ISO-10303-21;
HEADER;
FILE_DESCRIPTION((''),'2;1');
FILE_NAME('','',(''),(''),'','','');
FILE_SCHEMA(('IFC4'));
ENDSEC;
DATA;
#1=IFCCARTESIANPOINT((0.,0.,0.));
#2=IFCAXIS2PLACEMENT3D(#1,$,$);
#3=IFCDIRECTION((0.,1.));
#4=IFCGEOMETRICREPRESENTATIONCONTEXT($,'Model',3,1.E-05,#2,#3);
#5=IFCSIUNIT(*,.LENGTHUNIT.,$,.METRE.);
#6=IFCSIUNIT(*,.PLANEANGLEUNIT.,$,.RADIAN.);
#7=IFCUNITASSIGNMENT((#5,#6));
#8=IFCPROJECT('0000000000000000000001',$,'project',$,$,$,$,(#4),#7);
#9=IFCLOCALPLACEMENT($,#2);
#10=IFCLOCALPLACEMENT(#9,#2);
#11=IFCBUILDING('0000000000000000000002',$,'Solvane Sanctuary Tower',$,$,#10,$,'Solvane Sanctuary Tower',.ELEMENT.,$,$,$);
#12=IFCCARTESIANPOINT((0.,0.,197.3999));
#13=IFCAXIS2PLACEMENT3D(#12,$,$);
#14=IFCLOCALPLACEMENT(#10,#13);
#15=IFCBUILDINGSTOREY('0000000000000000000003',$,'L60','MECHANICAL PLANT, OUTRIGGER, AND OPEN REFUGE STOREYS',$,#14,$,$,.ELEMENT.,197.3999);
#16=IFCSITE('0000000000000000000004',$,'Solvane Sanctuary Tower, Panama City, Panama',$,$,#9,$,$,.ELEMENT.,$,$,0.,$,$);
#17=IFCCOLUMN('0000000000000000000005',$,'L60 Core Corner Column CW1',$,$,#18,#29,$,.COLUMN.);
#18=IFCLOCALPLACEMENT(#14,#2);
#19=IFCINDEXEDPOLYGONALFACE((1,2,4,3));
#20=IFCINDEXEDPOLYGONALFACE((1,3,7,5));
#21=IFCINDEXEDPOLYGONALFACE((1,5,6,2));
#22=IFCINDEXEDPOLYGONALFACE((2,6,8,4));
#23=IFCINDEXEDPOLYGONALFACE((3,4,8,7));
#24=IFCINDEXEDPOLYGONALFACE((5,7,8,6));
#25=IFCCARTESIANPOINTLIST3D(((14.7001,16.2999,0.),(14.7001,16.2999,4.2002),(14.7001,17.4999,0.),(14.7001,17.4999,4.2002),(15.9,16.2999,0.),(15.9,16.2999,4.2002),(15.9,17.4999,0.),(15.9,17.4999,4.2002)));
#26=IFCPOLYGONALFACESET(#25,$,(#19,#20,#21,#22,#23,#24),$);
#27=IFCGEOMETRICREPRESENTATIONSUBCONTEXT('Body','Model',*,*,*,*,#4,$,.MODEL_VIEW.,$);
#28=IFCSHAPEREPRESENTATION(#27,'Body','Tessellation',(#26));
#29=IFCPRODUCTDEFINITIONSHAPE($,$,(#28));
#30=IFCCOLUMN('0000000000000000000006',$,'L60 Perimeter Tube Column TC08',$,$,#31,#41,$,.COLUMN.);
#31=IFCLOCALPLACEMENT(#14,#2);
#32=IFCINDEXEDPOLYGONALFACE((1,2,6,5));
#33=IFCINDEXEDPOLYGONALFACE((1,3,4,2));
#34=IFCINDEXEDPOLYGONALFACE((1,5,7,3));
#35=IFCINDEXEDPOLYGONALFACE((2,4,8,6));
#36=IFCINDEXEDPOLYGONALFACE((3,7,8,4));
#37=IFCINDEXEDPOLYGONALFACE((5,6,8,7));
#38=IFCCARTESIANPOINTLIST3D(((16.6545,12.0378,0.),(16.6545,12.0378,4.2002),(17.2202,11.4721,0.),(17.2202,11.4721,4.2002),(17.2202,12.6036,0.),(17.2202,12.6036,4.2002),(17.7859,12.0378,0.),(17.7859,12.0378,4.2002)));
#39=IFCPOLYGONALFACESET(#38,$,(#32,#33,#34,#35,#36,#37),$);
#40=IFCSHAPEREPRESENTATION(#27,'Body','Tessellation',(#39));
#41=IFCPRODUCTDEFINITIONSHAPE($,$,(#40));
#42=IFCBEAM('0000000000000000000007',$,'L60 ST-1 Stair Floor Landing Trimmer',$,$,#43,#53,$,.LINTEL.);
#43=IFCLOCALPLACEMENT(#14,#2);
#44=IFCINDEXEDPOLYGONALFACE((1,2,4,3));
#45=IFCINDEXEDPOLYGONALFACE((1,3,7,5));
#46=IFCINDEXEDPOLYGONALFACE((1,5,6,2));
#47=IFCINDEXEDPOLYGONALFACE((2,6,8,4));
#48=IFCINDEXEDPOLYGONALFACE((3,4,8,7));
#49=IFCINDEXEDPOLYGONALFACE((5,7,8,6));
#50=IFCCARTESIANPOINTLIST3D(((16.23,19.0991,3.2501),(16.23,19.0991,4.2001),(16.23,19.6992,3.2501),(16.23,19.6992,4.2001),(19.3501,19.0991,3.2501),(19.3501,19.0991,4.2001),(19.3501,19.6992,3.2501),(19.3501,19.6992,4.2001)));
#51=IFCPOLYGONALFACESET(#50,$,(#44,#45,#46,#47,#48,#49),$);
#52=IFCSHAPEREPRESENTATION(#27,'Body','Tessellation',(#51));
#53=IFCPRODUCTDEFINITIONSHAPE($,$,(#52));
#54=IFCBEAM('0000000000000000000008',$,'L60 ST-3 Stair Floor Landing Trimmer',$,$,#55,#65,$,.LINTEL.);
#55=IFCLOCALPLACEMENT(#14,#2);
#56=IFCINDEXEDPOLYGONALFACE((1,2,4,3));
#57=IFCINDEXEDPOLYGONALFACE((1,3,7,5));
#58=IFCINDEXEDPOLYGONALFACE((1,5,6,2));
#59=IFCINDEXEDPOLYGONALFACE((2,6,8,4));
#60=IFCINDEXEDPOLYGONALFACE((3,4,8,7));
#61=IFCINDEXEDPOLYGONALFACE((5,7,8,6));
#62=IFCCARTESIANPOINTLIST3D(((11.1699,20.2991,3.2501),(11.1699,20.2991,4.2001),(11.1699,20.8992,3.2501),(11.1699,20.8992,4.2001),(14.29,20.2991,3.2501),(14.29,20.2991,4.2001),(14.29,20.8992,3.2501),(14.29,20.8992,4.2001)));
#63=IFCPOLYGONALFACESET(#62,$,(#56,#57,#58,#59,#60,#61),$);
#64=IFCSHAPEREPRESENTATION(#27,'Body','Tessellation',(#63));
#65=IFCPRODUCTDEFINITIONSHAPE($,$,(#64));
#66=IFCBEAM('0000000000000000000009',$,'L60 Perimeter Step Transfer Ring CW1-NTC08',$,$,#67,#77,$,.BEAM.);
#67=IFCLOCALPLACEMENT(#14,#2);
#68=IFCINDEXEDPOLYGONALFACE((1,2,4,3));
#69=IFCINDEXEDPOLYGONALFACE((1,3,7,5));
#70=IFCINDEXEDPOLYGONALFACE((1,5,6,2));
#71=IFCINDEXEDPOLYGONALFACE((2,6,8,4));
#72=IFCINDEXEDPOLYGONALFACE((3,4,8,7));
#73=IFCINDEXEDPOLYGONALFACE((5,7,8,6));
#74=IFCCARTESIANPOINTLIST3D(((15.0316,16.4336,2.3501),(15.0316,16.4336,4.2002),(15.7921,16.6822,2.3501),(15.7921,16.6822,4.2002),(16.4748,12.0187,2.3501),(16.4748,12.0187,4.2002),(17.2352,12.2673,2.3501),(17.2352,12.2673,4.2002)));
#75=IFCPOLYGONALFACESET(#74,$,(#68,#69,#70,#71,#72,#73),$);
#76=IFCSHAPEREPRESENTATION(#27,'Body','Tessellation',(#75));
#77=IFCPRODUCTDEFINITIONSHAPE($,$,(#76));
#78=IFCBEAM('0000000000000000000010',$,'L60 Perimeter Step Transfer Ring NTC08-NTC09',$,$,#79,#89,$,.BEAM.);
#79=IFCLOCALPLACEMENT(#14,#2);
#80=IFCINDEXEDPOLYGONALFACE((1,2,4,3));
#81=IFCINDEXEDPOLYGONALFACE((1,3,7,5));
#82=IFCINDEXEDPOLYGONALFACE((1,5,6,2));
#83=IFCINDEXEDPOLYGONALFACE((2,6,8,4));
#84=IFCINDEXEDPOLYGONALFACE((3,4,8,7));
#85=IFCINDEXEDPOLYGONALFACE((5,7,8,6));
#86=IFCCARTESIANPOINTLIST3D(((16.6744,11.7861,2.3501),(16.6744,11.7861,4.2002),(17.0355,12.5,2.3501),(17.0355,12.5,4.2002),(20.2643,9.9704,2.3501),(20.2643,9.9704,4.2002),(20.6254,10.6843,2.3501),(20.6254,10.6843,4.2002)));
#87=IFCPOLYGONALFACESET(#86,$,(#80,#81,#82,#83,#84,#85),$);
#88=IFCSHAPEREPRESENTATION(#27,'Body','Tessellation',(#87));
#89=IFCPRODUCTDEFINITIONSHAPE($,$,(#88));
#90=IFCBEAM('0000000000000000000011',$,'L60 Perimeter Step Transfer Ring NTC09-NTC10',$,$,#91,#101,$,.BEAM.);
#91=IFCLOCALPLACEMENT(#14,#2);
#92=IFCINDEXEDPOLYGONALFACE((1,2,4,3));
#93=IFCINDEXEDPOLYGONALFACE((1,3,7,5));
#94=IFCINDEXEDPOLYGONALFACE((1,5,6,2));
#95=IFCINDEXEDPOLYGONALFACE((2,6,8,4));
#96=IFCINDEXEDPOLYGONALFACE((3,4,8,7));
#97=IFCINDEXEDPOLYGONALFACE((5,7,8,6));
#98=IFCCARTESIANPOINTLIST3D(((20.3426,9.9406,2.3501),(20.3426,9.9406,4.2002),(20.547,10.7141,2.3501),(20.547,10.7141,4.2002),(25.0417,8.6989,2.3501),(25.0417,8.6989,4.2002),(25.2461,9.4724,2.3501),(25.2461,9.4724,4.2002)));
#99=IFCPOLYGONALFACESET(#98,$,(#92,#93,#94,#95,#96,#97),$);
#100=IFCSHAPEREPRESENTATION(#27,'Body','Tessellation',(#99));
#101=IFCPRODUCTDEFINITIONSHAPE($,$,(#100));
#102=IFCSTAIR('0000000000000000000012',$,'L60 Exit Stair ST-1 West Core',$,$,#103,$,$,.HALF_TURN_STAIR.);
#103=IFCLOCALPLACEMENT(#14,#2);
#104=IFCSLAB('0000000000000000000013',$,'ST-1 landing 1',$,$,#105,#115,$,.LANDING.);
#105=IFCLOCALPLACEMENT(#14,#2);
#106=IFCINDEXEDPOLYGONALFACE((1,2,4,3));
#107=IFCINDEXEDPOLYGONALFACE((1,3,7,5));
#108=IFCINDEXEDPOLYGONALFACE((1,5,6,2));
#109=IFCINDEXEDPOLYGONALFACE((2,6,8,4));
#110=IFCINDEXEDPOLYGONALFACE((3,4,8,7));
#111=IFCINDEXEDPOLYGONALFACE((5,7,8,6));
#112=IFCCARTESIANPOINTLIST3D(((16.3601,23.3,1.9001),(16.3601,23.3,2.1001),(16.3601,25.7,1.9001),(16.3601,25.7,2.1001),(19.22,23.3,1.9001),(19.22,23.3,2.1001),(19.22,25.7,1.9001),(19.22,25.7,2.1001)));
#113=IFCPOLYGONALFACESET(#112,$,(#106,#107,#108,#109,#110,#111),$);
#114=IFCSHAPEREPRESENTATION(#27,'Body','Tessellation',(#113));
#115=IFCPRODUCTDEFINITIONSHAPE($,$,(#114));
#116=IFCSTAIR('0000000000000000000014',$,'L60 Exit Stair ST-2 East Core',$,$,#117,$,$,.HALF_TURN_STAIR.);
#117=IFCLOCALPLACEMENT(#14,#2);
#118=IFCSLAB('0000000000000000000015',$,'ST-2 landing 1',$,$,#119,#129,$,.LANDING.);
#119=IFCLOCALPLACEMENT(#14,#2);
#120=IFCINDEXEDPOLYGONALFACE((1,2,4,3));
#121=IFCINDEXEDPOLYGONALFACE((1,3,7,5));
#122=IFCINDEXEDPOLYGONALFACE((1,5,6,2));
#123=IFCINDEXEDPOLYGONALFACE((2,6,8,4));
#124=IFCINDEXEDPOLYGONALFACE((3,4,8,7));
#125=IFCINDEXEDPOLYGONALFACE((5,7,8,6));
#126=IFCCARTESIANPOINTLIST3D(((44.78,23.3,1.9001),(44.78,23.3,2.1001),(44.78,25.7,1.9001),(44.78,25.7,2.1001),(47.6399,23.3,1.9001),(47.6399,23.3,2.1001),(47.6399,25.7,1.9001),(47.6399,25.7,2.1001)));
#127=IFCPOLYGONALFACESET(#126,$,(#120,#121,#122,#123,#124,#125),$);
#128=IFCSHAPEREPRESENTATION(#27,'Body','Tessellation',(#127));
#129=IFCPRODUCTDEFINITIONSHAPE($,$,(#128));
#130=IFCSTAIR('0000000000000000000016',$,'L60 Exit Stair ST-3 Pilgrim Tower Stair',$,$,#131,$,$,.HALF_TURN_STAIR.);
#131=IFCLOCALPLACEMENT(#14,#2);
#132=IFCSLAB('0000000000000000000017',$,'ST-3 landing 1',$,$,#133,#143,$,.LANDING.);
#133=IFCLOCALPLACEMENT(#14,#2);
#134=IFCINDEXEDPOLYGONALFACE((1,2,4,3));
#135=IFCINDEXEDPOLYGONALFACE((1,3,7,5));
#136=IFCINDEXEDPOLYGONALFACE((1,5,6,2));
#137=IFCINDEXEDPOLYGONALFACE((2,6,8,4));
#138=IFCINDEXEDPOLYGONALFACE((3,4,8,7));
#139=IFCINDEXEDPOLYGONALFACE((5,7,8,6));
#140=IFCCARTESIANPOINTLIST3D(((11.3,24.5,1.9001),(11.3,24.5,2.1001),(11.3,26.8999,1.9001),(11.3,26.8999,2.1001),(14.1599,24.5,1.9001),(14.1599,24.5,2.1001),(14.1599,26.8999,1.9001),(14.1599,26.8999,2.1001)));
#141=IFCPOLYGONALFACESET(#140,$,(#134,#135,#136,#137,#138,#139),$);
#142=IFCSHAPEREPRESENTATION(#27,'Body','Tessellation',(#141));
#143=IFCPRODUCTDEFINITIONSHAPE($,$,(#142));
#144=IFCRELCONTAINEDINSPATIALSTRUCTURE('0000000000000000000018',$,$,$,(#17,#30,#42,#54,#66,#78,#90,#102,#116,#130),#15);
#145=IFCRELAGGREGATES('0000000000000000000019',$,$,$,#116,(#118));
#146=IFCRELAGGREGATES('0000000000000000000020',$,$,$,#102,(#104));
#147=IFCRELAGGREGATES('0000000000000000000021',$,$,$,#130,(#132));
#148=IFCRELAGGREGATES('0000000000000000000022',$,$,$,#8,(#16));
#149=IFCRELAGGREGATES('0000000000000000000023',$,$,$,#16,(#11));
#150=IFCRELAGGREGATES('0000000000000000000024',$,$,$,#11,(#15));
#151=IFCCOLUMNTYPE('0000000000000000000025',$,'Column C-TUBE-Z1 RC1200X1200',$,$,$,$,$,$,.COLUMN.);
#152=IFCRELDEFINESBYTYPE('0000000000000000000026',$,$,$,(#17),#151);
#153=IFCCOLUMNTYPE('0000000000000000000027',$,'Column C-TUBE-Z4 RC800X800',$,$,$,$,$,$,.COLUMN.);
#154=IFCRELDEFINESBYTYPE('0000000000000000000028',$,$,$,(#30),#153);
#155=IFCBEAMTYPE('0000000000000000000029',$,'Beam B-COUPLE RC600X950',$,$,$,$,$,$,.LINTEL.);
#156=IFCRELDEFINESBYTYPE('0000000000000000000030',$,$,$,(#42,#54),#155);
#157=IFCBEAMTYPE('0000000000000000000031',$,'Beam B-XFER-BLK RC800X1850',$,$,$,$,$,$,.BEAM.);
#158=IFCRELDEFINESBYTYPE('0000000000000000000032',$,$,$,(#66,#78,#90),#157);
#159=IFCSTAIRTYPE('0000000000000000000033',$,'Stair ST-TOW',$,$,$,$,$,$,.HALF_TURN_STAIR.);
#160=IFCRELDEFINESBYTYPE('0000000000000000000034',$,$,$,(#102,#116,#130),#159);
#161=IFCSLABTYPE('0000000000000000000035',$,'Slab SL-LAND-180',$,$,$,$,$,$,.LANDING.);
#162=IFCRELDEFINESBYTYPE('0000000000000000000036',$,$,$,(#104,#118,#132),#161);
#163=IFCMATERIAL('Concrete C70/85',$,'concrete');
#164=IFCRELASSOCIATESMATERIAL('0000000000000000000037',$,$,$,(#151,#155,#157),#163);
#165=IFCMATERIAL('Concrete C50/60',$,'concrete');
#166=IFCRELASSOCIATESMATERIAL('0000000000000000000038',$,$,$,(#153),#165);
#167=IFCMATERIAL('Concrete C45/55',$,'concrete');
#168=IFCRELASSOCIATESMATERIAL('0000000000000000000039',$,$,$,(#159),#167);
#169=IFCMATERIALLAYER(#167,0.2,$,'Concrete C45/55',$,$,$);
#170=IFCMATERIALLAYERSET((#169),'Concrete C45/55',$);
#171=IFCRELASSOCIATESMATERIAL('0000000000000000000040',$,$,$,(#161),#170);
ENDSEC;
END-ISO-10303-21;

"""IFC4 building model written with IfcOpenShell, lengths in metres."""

from ifc_helpers import new_model, si_unit, direction, frame, origin, origin_2d, place, context, subcontext, project, spatial, polyline, rectangle, outline, extrude, material, layer, layer_set, material_profile, profile_set, type_object, element, aggregate, save


model = new_model("IFC4")

# Units and contexts
model_context = context("Model", 3, precision=1e-05, world=origin(), true_north=direction((0.0, 1.0)))
body_context = subcontext(model_context, "Body", "Model", "MODEL_VIEW")
ifc_project = project(units=[si_unit("LENGTHUNIT", "METRE"), si_unit("PLANEANGLEUNIT", "RADIAN")], contexts=[model_context])

# Site, building, storey
site_placement = place(None, origin())
site = spatial("IfcSite", under=ifc_project, at=site_placement, Name="Solvane Sanctuary Tower, Panama City, Panama", CompositionType="ELEMENT", RefElevation=0.0)
building_placement = place(site_placement, origin())
building = spatial("IfcBuilding", under=site, at=building_placement, Name="Solvane Sanctuary Tower", LongName="Solvane Sanctuary Tower", CompositionType="ELEMENT")
storey_placement = place(building_placement, frame((0.0, 0.0, 197.3999)))
storey = spatial("IfcBuildingStorey", under=building, at=storey_placement, Name="L60", Description="MECHANICAL PLANT, OUTRIGGER, AND OPEN REFUGE STOREYS", CompositionType="ELEMENT", Elevation=197.3999)

# Columns
ifc_material_1 = material(Name="Concrete C70/85", Category="concrete")
ifc_material_profile_1 = material_profile(ifc_material_1, rectangle(XDim=1.2, YDim=1.2, at=origin_2d()), Name="RC1200X1200")
ifc_profile_set_1 = profile_set([ifc_material_profile_1], Name="Concrete C70/85")
column_type_1 = type_object("IfcColumnType", Name="Column C-TUBE-Z1 RC1200X1200", PredefinedType="COLUMN", material=ifc_profile_set_1)
column_1_placement = place(storey_placement, frame((15.3, 16.8999, 0.0), z_axis=(0.0, 0.0, 1.0), x_axis=(1.0, 0.0, 0.0)))
element("IfcColumn", 1, at=column_1_placement, inside=storey, type_object=column_type_1, Name="L60 Core Corner Column CW1", PredefinedType="COLUMN", context=body_context, shape_type="SweptSolid", body=[
    extrude(rectangle(XDim=1.2, YDim=1.2, at=origin_2d()), origin(), (0.0, 0.0, 1.0), 4.2002),
])
ifc_material_2 = material(Name="Concrete C50/60", Category="concrete")
ifc_material_profile_2 = material_profile(ifc_material_2, rectangle(XDim=0.8, YDim=0.8, at=origin_2d()), Name="RC800X800")
ifc_profile_set_2 = profile_set([ifc_material_profile_2], Name="Concrete C50/60")
column_type_2 = type_object("IfcColumnType", Name="Column C-TUBE-Z4 RC800X800", PredefinedType="COLUMN", material=ifc_profile_set_2)
column_2_placement = place(storey_placement, frame((17.2202, 12.0378, 0.0), z_axis=(0.0, 0.0, 1.0), x_axis=(-0.707107, -0.707107, 0.0)))
element("IfcColumn", 2, at=column_2_placement, inside=storey, type_object=column_type_2, Name="L60 Perimeter Tube Column TC08", PredefinedType="COLUMN", context=body_context, shape_type="SweptSolid", body=[
    extrude(rectangle(XDim=0.8, YDim=0.8, at=origin_2d()), origin(), (0.0, 0.0, 1.0), 4.2002),
])

# Beams
ifc_material_profile_3 = material_profile(ifc_material_1, rectangle(XDim=0.6001, YDim=0.95, at=origin_2d()), Name="RC600X950")
ifc_profile_set_3 = profile_set([ifc_material_profile_3], Name="Concrete C70/85")
beam_type_1 = type_object("IfcBeamType", Name="Beam B-COUPLE RC600X950", PredefinedType="LINTEL", material=ifc_profile_set_3)
for number, where, z_axis, x_axis, name in (
    (3, (16.23, 19.3992, 3.7251), (1.0, 0.0, 0.0), (0.0, 1.0, 0.0), "L60 ST-1 Stair Floor Landing Trimmer"),
    (4, (11.1699, 20.5991, 3.7251), (1.0, 0.0, 0.0), (0.0, 1.0, 0.0), "L60 ST-3 Stair Floor Landing Trimmer"),
):
    element("IfcBeam", number, at=place(storey_placement, frame(where, z_axis=z_axis, x_axis=x_axis)), inside=storey, type_object=beam_type_1, Name=name, PredefinedType="LINTEL", context=body_context, shape_type="SweptSolid", body=[
        extrude(rectangle(XDim=0.6001, YDim=0.95, at=origin_2d()), origin(), (0.0, 0.0, 1.0), 3.1201),
    ])
ifc_material_profile_4 = material_profile(ifc_material_1, rectangle(XDim=0.8, YDim=1.8501, at=origin_2d()), Name="RC800X1850")
ifc_profile_set_4 = profile_set([ifc_material_profile_4], Name="Concrete C70/85")
beam_type_2 = type_object("IfcBeamType", Name="Beam B-XFER-BLK RC800X1850", PredefinedType="BEAM", material=ifc_profile_set_4)
beam_1_placement = place(storey_placement, frame((15.4119, 16.5579, 3.2751), z_axis=(0.310703, -0.950507, 0.0), x_axis=(0.950507, 0.310703, 0.0)))
element("IfcBeam", 5, at=beam_1_placement, inside=storey, type_object=beam_type_2, Name="L60 Perimeter Step Transfer Ring CW1-NTC08", PredefinedType="BEAM", context=body_context, shape_type="SweptSolid", body=[
    extrude(rectangle(XDim=0.8, YDim=1.8501, at=origin_2d()), origin(), (0.0, 0.0, 1.0), 4.6448),
])
beam_2_placement = place(storey_placement, frame((16.855, 12.1431, 3.2751), z_axis=(0.892354, -0.451336, 0.0), x_axis=(0.451336, 0.892354, 0.0)))
element("IfcBeam", 6, at=beam_2_placement, inside=storey, type_object=beam_type_2, Name="L60 Perimeter Step Transfer Ring NTC08-NTC09", PredefinedType="BEAM", context=body_context, shape_type="SweptSolid", body=[
    extrude(rectangle(XDim=0.8, YDim=1.8501, at=origin_2d()), origin(), (0.0, 0.0, 1.0), 4.0229),
])
beam_3_placement = place(storey_placement, frame((20.4448, 10.3274, 3.2751), z_axis=(0.966814, -0.25548, 0.0), x_axis=(0.25548, 0.966814, 0.0)))
element("IfcBeam", 7, at=beam_3_placement, inside=storey, type_object=beam_type_2, Name="L60 Perimeter Step Transfer Ring NTC09-NTC10", PredefinedType="BEAM", context=body_context, shape_type="SweptSolid", body=[
    extrude(rectangle(XDim=0.8, YDim=1.8501, at=origin_2d()), origin(), (0.0, 0.0, 1.0), 4.8604),
])

# Stairs, slabs
ifc_material_3 = material(Name="Concrete C45/55", Category="concrete")
stair_type = type_object("IfcStairType", Name="Stair ST-TOW", PredefinedType="HALF_TURN_STAIR", material=ifc_material_3)
stair_1_placement = place(storey_placement, origin())
stair_1 = element("IfcStair", 8, at=stair_1_placement, inside=storey, type_object=stair_type, Name="L60 Exit Stair ST-1 West Core", PredefinedType="HALF_TURN_STAIR")
ifc_layer_1 = layer(ifc_material_3, 0.2, Name="Concrete C45/55")
ifc_layer_set_1 = layer_set([ifc_layer_1], Name="Concrete C45/55")
slab_type_1 = type_object("IfcSlabType", Name="Slab SL-LAND-180", PredefinedType="LANDING", material=ifc_layer_set_1)
slab_1_placement = place(storey_placement, frame((0.0, 0.0, 1.9001)))
slab_1 = element("IfcSlab", 9, at=slab_1_placement, type_object=slab_type_1, Name="ST-1 landing 1", PredefinedType="LANDING", context=body_context, shape_type="SweptSolid", body=[
    extrude(outline(polyline([(19.22, 23.3), (19.22, 25.7), (16.3601, 25.7), (16.3601, 23.3), (19.22, 23.3)])), origin(), (0.0, 0.0, 1.0), 0.2),
])
stair_2_placement = place(storey_placement, origin())
stair_2 = element("IfcStair", 10, at=stair_2_placement, inside=storey, type_object=stair_type, Name="L60 Exit Stair ST-2 East Core", PredefinedType="HALF_TURN_STAIR")
slab_2_placement = place(storey_placement, frame((0.0, 0.0, 1.9001)))
slab_2 = element("IfcSlab", 11, at=slab_2_placement, type_object=slab_type_1, Name="ST-2 landing 1", PredefinedType="LANDING", context=body_context, shape_type="SweptSolid", body=[
    extrude(outline(polyline([(47.6399, 23.3), (47.6399, 25.7), (44.78, 25.7), (44.78, 23.3), (47.6399, 23.3)])), origin(), (0.0, 0.0, 1.0), 0.2),
])
aggregate(stair_2, [slab_2])
stair_3_placement = place(storey_placement, origin())
stair_3 = element("IfcStair", 12, at=stair_3_placement, inside=storey, type_object=stair_type, Name="L60 Exit Stair ST-3 Pilgrim Tower Stair", PredefinedType="HALF_TURN_STAIR")
slab_3_placement = place(storey_placement, frame((0.0, 0.0, 1.9001)))
slab_3 = element("IfcSlab", 13, at=slab_3_placement, type_object=slab_type_1, Name="ST-3 landing 1", PredefinedType="LANDING", context=body_context, shape_type="SweptSolid", body=[
    extrude(outline(polyline([(14.1599, 24.5), (14.1599, 26.8999), (11.3, 26.8999), (11.3, 24.5), (14.1599, 24.5)])), origin(), (0.0, 0.0, 1.0), 0.2),
])

aggregate(stair_1, [slab_1])
aggregate(stair_3, [slab_3])

save(model, "model.ifc")
